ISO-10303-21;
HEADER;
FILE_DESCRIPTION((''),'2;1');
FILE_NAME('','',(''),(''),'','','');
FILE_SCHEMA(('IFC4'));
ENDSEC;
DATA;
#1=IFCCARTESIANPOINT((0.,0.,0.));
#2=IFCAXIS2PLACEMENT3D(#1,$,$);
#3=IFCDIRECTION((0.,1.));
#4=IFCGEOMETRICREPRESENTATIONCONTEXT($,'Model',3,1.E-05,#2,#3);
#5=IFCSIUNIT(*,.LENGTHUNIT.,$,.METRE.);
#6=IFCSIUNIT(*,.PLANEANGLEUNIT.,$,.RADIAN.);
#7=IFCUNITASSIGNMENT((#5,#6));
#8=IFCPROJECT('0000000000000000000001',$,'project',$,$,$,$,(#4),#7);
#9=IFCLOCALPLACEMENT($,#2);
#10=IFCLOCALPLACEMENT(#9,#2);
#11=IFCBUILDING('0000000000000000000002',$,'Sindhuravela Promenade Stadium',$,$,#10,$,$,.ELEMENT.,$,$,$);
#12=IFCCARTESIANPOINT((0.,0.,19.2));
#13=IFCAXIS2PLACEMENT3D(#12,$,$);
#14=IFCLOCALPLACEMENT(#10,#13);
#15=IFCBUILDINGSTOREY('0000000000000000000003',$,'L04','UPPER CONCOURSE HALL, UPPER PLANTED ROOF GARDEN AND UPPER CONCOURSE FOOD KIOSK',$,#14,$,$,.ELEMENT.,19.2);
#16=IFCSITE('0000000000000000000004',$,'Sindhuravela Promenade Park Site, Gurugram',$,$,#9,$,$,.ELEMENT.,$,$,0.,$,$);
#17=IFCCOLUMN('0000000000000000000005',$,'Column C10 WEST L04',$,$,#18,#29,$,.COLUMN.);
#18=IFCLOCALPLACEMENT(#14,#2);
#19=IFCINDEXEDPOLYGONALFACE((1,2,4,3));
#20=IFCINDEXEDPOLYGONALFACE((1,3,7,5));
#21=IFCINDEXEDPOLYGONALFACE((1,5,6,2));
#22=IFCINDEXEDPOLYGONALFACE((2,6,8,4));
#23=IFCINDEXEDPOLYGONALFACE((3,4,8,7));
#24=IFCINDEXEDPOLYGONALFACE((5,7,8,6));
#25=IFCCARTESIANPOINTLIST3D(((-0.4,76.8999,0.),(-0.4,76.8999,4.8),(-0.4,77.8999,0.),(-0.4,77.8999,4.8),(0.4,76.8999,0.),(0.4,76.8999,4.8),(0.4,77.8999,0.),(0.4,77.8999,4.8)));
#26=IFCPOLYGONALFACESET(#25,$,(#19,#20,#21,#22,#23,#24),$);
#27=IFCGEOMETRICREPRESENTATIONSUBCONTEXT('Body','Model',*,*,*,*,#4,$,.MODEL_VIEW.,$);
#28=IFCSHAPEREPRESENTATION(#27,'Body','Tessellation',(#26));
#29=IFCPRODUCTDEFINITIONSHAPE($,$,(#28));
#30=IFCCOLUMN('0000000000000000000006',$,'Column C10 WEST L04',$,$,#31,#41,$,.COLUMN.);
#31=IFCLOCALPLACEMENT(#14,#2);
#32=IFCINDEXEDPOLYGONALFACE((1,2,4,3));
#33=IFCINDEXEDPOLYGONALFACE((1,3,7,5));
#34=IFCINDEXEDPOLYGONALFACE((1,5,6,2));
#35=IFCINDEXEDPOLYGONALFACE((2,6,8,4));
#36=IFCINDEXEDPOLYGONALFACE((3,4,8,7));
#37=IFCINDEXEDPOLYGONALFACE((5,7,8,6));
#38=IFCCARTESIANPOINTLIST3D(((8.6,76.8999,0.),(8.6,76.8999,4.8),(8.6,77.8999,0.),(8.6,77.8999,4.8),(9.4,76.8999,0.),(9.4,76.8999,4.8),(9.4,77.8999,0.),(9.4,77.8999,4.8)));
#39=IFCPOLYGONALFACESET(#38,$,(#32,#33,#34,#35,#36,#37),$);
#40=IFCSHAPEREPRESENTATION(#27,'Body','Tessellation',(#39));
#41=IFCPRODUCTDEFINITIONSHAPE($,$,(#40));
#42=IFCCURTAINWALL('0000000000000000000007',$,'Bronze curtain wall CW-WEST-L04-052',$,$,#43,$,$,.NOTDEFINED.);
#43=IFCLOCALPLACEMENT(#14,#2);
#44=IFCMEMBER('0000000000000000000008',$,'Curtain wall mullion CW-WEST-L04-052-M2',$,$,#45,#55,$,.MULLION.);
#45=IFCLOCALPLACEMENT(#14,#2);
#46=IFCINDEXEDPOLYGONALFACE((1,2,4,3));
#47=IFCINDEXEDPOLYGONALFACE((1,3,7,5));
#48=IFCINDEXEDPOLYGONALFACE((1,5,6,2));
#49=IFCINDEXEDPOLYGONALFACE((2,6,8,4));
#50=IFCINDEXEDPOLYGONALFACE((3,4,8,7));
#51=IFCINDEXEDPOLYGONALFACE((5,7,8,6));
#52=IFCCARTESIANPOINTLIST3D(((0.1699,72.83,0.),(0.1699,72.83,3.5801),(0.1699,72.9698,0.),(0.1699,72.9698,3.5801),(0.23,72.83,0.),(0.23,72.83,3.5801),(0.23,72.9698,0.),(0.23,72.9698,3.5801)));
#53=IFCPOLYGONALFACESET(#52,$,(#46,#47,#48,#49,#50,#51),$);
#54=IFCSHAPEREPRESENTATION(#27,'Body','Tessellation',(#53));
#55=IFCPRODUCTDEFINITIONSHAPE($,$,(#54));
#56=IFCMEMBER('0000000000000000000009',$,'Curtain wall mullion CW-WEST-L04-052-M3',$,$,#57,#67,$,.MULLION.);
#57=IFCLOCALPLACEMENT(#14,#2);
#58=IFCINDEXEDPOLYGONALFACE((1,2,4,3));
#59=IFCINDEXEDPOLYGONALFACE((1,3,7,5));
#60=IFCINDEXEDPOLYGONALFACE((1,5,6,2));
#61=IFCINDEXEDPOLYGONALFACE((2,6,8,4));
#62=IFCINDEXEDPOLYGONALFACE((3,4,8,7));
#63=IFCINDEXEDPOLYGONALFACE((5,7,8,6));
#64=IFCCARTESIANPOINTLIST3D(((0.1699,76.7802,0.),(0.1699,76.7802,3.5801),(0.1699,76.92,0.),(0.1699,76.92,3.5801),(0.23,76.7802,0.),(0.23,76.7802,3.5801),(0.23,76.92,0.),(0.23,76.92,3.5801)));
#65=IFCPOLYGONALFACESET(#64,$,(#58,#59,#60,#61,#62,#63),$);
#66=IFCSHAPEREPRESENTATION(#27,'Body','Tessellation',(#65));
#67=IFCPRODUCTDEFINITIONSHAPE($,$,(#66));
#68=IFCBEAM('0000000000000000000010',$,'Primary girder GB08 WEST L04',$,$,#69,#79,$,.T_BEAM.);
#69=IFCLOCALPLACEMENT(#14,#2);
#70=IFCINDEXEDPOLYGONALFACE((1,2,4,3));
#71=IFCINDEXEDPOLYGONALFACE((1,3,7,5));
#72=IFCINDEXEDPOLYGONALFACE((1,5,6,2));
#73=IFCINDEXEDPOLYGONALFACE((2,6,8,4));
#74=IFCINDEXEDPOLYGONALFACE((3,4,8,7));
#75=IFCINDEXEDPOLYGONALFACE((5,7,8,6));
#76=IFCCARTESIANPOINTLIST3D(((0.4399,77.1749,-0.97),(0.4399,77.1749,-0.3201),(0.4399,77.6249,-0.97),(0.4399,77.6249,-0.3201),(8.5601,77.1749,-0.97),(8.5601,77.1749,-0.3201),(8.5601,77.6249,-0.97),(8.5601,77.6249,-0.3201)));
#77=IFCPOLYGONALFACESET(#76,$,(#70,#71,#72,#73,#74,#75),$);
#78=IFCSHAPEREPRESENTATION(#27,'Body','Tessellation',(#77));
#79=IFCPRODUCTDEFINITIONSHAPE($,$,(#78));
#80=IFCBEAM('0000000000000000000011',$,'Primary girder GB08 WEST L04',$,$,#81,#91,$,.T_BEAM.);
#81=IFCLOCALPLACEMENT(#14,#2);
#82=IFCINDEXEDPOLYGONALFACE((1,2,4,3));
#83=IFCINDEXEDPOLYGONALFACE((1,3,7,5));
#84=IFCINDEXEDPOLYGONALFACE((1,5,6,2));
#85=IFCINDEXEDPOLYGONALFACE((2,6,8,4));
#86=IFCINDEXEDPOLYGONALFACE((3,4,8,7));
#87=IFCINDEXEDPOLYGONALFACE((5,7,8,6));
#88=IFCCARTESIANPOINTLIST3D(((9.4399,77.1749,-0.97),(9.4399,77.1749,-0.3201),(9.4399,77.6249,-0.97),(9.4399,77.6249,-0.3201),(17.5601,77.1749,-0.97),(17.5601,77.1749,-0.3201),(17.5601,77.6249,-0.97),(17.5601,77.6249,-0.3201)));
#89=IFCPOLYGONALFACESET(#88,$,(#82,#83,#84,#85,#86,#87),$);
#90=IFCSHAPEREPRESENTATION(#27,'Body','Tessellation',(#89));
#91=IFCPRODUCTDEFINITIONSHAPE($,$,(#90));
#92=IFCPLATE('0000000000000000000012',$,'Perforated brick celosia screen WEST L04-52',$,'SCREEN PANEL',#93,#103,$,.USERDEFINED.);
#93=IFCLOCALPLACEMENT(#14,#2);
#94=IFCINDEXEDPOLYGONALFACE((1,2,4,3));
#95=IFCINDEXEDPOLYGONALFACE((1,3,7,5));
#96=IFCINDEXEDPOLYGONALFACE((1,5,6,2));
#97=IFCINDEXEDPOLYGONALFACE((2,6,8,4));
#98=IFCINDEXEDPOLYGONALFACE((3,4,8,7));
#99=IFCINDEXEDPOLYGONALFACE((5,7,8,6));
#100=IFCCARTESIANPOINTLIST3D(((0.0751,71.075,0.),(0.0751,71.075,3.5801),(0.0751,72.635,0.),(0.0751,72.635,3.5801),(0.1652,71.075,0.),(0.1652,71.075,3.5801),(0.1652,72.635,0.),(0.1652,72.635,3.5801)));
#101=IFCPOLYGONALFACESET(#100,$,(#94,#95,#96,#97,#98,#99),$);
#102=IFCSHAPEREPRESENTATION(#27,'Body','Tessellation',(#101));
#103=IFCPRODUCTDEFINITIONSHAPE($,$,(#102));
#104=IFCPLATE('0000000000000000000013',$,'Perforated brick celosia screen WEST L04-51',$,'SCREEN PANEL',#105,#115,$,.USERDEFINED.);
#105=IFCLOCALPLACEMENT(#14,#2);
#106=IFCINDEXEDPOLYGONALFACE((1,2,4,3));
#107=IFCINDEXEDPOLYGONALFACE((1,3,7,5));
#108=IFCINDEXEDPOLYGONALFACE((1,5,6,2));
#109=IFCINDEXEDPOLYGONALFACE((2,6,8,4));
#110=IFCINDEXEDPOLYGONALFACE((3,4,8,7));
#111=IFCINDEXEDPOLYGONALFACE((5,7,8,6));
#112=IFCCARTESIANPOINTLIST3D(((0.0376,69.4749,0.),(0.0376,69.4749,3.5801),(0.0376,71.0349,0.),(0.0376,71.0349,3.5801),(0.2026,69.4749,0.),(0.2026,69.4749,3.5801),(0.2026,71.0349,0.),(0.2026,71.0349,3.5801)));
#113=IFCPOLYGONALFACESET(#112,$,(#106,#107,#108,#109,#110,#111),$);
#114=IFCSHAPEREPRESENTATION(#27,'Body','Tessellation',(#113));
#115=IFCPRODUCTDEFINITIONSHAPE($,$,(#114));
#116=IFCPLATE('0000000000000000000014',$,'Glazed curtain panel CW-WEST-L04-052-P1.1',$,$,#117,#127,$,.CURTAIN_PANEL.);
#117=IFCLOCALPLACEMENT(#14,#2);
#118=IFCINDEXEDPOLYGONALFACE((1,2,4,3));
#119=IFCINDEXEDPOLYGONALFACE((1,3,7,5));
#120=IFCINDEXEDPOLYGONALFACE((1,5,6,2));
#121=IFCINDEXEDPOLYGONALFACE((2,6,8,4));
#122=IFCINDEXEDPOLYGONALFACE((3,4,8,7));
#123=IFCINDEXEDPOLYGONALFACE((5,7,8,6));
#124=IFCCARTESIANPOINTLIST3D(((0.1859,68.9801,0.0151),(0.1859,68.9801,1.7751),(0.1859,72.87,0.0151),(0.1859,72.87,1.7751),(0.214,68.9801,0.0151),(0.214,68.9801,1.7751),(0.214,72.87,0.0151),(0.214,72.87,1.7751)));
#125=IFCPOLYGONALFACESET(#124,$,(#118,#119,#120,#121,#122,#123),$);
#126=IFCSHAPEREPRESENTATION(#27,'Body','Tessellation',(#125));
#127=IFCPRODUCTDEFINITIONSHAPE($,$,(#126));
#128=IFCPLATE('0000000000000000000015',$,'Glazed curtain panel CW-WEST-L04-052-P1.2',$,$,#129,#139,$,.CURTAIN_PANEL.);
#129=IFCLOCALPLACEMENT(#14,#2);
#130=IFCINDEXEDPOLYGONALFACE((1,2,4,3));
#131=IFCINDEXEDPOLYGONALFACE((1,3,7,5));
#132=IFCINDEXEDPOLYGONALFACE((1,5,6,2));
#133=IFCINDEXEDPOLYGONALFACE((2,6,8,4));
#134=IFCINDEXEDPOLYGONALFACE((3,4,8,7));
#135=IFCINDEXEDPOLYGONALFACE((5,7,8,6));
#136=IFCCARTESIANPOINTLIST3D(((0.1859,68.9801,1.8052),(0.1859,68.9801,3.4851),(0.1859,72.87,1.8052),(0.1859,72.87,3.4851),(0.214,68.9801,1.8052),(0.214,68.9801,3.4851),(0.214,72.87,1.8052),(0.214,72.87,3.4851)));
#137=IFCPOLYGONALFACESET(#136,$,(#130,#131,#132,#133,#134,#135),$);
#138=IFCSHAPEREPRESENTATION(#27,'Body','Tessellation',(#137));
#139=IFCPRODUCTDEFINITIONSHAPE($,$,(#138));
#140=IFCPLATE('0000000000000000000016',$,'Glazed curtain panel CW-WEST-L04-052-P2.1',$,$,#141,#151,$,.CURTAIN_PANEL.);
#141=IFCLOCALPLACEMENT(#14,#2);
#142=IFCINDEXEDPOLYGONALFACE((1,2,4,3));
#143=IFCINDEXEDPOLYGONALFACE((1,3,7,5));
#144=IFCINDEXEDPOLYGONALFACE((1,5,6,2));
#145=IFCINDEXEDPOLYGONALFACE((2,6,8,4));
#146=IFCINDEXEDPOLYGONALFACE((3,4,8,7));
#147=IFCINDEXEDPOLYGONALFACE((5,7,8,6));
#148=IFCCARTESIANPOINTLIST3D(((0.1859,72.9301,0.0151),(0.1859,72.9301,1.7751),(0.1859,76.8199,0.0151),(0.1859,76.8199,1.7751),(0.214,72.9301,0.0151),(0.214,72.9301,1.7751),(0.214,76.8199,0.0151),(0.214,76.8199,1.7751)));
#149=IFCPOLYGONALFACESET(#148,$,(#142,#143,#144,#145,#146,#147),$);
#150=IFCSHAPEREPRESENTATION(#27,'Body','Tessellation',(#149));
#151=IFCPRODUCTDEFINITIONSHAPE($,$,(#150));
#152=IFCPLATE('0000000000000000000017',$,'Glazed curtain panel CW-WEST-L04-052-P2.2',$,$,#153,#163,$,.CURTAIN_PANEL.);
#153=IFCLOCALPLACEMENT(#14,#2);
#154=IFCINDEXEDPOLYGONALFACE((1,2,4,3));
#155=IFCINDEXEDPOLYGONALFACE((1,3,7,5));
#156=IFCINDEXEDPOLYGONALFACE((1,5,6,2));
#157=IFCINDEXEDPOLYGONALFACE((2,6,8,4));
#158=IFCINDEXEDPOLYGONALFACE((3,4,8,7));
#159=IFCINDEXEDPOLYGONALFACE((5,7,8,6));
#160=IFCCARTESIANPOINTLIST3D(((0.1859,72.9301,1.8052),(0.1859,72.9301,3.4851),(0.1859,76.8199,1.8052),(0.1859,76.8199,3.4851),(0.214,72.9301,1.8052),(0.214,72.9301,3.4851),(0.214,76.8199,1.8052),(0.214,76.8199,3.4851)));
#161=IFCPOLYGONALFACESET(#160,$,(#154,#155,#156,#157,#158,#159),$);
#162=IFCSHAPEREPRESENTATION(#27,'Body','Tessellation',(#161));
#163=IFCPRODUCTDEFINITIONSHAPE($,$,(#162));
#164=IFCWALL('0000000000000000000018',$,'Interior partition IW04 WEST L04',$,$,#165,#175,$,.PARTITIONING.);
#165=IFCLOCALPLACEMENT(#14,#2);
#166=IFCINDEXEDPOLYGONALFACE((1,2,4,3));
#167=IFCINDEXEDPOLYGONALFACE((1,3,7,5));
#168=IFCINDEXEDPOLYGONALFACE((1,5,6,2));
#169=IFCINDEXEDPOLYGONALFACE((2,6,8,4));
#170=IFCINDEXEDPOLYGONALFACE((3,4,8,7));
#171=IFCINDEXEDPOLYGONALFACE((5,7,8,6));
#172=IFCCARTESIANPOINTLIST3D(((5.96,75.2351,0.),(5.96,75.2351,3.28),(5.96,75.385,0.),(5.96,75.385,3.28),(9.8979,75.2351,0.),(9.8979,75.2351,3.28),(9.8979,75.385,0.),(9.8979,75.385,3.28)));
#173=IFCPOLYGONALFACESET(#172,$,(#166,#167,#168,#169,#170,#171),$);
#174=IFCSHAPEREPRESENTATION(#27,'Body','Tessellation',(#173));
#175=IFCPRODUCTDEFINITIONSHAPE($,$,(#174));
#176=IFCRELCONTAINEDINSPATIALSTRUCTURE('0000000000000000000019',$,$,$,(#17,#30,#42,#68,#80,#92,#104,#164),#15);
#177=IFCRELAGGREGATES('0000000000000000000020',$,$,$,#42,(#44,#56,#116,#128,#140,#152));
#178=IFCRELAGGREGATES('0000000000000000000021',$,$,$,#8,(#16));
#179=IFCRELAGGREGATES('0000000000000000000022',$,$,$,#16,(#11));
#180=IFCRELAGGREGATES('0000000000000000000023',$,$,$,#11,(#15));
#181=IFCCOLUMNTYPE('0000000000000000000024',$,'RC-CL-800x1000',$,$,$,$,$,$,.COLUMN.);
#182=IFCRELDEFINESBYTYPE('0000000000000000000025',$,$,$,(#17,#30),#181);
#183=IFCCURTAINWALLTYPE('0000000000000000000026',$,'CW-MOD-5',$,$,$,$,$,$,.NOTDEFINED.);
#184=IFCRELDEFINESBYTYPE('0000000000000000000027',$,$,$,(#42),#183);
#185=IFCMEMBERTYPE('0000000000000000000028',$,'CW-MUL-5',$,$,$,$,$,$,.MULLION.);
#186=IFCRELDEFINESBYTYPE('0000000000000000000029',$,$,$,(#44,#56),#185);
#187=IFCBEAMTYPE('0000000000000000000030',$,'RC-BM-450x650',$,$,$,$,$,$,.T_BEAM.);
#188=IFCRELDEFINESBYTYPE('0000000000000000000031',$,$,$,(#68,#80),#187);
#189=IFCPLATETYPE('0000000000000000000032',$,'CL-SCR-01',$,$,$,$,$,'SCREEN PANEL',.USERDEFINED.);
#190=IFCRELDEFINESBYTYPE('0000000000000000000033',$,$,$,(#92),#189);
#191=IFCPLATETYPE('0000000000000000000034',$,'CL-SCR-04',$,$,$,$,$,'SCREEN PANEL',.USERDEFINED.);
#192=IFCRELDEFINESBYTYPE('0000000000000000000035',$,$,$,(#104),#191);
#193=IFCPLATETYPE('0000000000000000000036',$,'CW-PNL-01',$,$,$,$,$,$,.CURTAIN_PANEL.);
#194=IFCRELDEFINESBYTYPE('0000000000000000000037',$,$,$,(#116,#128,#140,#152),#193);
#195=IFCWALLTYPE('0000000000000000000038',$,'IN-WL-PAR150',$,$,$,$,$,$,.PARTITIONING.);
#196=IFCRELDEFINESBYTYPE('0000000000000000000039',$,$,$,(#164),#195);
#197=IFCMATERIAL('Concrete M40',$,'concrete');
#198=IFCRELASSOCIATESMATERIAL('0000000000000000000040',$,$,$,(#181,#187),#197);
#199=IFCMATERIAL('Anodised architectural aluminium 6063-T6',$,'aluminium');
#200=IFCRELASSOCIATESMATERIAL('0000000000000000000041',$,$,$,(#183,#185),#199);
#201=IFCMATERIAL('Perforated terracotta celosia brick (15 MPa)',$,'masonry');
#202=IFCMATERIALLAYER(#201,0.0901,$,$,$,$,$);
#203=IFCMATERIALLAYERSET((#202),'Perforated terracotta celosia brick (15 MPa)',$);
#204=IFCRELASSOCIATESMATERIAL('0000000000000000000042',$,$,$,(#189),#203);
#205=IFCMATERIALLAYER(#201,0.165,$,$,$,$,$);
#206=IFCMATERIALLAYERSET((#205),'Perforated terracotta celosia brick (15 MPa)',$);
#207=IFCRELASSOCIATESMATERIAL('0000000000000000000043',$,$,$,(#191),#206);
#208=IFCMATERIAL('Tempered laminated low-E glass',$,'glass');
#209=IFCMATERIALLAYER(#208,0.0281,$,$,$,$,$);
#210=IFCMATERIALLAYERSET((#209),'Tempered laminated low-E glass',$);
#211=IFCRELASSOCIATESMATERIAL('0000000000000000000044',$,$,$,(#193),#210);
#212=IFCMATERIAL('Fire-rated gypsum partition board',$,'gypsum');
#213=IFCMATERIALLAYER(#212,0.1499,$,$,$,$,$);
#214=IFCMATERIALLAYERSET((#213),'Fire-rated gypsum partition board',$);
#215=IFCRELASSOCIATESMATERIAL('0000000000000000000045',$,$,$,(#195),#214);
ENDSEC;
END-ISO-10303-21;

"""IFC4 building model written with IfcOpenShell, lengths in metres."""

from ifc_helpers import new_model, si_unit, direction, frame, frame_2d, origin, origin_2d, place, context, subcontext, project, spatial, rectangle, extrude, material, layer, layer_set, material_profile, profile_set, type_object, element, aggregate, save


model = new_model("IFC4")

# Units and contexts
model_context = context("Model", 3, precision=1e-05, world=origin(), true_north=direction((0.0, 1.0)))
body_context = subcontext(model_context, "Body", "Model", "MODEL_VIEW")
ifc_project = project(units=[si_unit("LENGTHUNIT", "METRE"), si_unit("PLANEANGLEUNIT", "RADIAN")], contexts=[model_context])

# Site, building, storey
site_placement = place(None, origin())
site = spatial("IfcSite", under=ifc_project, at=site_placement, Name="Sindhuravela Promenade Park Site, Gurugram", CompositionType="ELEMENT", RefElevation=0.0)
building_placement = place(site_placement, origin())
building = spatial("IfcBuilding", under=site, at=building_placement, Name="Sindhuravela Promenade Stadium", CompositionType="ELEMENT")
storey_placement = place(building_placement, frame((0.0, 0.0, 19.2)))
storey = spatial("IfcBuildingStorey", under=building, at=storey_placement, Name="L04", Description="UPPER CONCOURSE HALL, UPPER PLANTED ROOF GARDEN AND UPPER CONCOURSE FOOD KIOSK", CompositionType="ELEMENT", Elevation=19.2)

# Columns
ifc_material_1 = material(Name="Concrete M40", Category="concrete")
ifc_material_profile_1 = material_profile(ifc_material_1, rectangle(XDim=0.8, YDim=1.0, at=origin_2d()), Name="RC 800x1000")
ifc_profile_set_1 = profile_set([ifc_material_profile_1], Name="Concrete M40")
column_type = type_object("IfcColumnType", Name="RC-CL-800x1000", PredefinedType="COLUMN", material=ifc_profile_set_1)
for number, where, z_axis, x_axis, name in (
    (1, (0.0, 77.3999, 0.0), (0.0, 0.0, 1.0), (1.0, 0.0, 0.0), "Column C10 WEST L04"),
    (2, (9.0, 77.3999, 0.0), (0.0, 0.0, 1.0), (1.0, 0.0, 0.0), "Column C10 WEST L04"),
):
    element("IfcColumn", number, at=place(storey_placement, frame(where, z_axis=z_axis, x_axis=x_axis)), inside=storey, type_object=column_type, Name=name, PredefinedType="COLUMN", context=body_context, shape_type="SweptSolid", body=[
        extrude(rectangle(XDim=0.8, YDim=1.0, at=origin_2d()), origin(), (0.0, 0.0, 1.0), 4.8),
    ])

# Curtain wall, members
ifc_material_2 = material(Name="Anodised architectural aluminium 6063-T6", Category="aluminium")
curtain_wall_type = type_object("IfcCurtainWallType", Name="CW-MOD-5", PredefinedType="NOTDEFINED", material=ifc_material_2)
curtain_wall_placement = place(storey_placement, origin())
curtain_wall = element("IfcCurtainWall", 3, at=curtain_wall_placement, inside=storey, type_object=curtain_wall_type, Name="Bronze curtain wall CW-WEST-L04-052", PredefinedType="NOTDEFINED")
ifc_material_profile_2 = material_profile(ifc_material_2, rectangle(XDim=0.0601, YDim=0.1399, at=origin_2d()), Name="ALU M60x140")
ifc_profile_set_2 = profile_set([ifc_material_profile_2], Name="Anodised architectural aluminium 6063-T6")
member_type = type_object("IfcMemberType", Name="CW-MUL-5", PredefinedType="MULLION", material=ifc_profile_set_2)
member_1_placement = place(storey_placement, frame((0.2, 72.8999, 0.0), z_axis=(0.0, 0.0, 1.0), x_axis=(1.0, 0.0, 0.0)))
member_1 = element("IfcMember", 4, at=member_1_placement, type_object=member_type, Name="Curtain wall mullion CW-WEST-L04-052-M2", PredefinedType="MULLION", context=body_context, shape_type="SweptSolid", body=[
    extrude(rectangle(XDim=0.0601, YDim=0.1399, at=origin_2d()), origin(), (0.0, 0.0, 1.0), 3.5801),
])
member_2_placement = place(storey_placement, frame((0.2, 76.8501, 0.0), z_axis=(0.0, 0.0, 1.0), x_axis=(1.0, 0.0, 0.0)))
member_2 = element("IfcMember", 5, at=member_2_placement, type_object=member_type, Name="Curtain wall mullion CW-WEST-L04-052-M3", PredefinedType="MULLION", context=body_context, shape_type="SweptSolid", body=[
    extrude(rectangle(XDim=0.0601, YDim=0.1399, at=origin_2d()), origin(), (0.0, 0.0, 1.0), 3.5801),
])

# Beams
ifc_material_profile_3 = material_profile(ifc_material_1, rectangle(XDim=0.45, YDim=0.6499, at=origin_2d()), Name="RC 450x650")
ifc_profile_set_3 = profile_set([ifc_material_profile_3], Name="Concrete M40")
beam_type = type_object("IfcBeamType", Name="RC-BM-450x650", PredefinedType="T_BEAM", material=ifc_profile_set_3)
for number, where, z_axis, x_axis, name in (
    (6, (0.4399, 77.3999, -0.645), (1.0, 0.0, 0.0), (0.0, 1.0, 0.0), "Primary girder GB08 WEST L04"),
    (7, (9.4399, 77.3999, -0.645), (1.0, 0.0, 0.0), (0.0, 1.0, 0.0), "Primary girder GB08 WEST L04"),
):
    element("IfcBeam", number, at=place(storey_placement, frame(where, z_axis=z_axis, x_axis=x_axis)), inside=storey, type_object=beam_type, Name=name, PredefinedType="T_BEAM", context=body_context, shape_type="SweptSolid", body=[
        extrude(rectangle(XDim=0.45, YDim=0.6499, at=origin_2d()), origin(), (0.0, 0.0, 1.0), 8.1201),
    ])

# Plates
ifc_material_3 = material(Name="Perforated terracotta celosia brick (15 MPa)", Category="masonry")
ifc_layer_1 = layer(ifc_material_3, 0.0901)
ifc_layer_set_1 = layer_set([ifc_layer_1], Name="Perforated terracotta celosia brick (15 MPa)")
plate_type_1 = type_object("IfcPlateType", Name="CL-SCR-01", ElementType="SCREEN PANEL", PredefinedType="USERDEFINED", material=ifc_layer_set_1)
plate_1_placement = place(storey_placement, frame((0.1201, 71.855, 0.0), z_axis=(0.0, 0.0, 1.0), x_axis=(0.0, 1.0, 0.0)))
element("IfcPlate", 8, at=plate_1_placement, inside=storey, type_object=plate_type_1, Name="Perforated brick celosia screen WEST L04-52", ObjectType="SCREEN PANEL", PredefinedType="USERDEFINED", context=body_context, shape_type="SweptSolid", body=[
    extrude(rectangle(XDim=1.5601, YDim=0.0901, at=origin_2d()), origin(), (0.0, 0.0, 1.0), 3.5801),
])
ifc_layer_2 = layer(ifc_material_3, 0.165)
ifc_layer_set_2 = layer_set([ifc_layer_2], Name="Perforated terracotta celosia brick (15 MPa)")
plate_type_2 = type_object("IfcPlateType", Name="CL-SCR-04", ElementType="SCREEN PANEL", PredefinedType="USERDEFINED", material=ifc_layer_set_2)
plate_2_placement = place(storey_placement, frame((0.1201, 70.2549, 0.0), z_axis=(0.0, 0.0, 1.0), x_axis=(0.0, 1.0, 0.0)))
element("IfcPlate", 9, at=plate_2_placement, inside=storey, type_object=plate_type_2, Name="Perforated brick celosia screen WEST L04-51", ObjectType="SCREEN PANEL", PredefinedType="USERDEFINED", context=body_context, shape_type="SweptSolid", body=[
    extrude(rectangle(XDim=1.5601, YDim=0.165, at=origin_2d()), origin(), (0.0, 0.0, 1.0), 3.5801),
])

# Plates
ifc_material_4 = material(Name="Tempered laminated low-E glass", Category="glass")
ifc_layer_3 = layer(ifc_material_4, 0.0281)
ifc_layer_set_3 = layer_set([ifc_layer_3], Name="Tempered laminated low-E glass")
plate_type_3 = type_object("IfcPlateType", Name="CW-PNL-01", PredefinedType="CURTAIN_PANEL", material=ifc_layer_set_3)
plate_3_placement = place(storey_placement, frame((0.2, 70.925, 0.0151), z_axis=(0.0, 0.0, 1.0), x_axis=(0.0, 1.0, 0.0)))
plate_3 = element("IfcPlate", 10, at=plate_3_placement, type_object=plate_type_3, Name="Glazed curtain panel CW-WEST-L04-052-P1.1", PredefinedType="CURTAIN_PANEL", context=body_context, shape_type="SweptSolid", body=[
    extrude(rectangle(XDim=3.8899, YDim=0.0281, at=origin_2d()), origin(), (0.0, 0.0, 1.0), 1.76),
])
plate_4_placement = place(storey_placement, frame((0.2, 70.925, 1.8052), z_axis=(0.0, 0.0, 1.0), x_axis=(0.0, 1.0, 0.0)))
plate_4 = element("IfcPlate", 11, at=plate_4_placement, type_object=plate_type_3, Name="Glazed curtain panel CW-WEST-L04-052-P1.2", PredefinedType="CURTAIN_PANEL", context=body_context, shape_type="SweptSolid", body=[
    extrude(rectangle(XDim=3.8899, YDim=0.0281, at=origin_2d()), origin(), (0.0, 0.0, 1.0), 1.6799),
])
plate_5_placement = place(storey_placement, frame((0.2, 74.875, 0.0151), z_axis=(0.0, 0.0, 1.0), x_axis=(0.0, 1.0, 0.0)))
plate_5 = element("IfcPlate", 12, at=plate_5_placement, type_object=plate_type_3, Name="Glazed curtain panel CW-WEST-L04-052-P2.1", PredefinedType="CURTAIN_PANEL", context=body_context, shape_type="SweptSolid", body=[
    extrude(rectangle(XDim=3.8899, YDim=0.0281, at=origin_2d()), origin(), (0.0, 0.0, 1.0), 1.76),
])
plate_6_placement = place(storey_placement, frame((0.2, 74.875, 1.8052), z_axis=(0.0, 0.0, 1.0), x_axis=(0.0, 1.0, 0.0)))
plate_6 = element("IfcPlate", 13, at=plate_6_placement, type_object=plate_type_3, Name="Glazed curtain panel CW-WEST-L04-052-P2.2", PredefinedType="CURTAIN_PANEL", context=body_context, shape_type="SweptSolid", body=[
    extrude(rectangle(XDim=3.8899, YDim=0.0281, at=origin_2d()), origin(), (0.0, 0.0, 1.0), 1.6799),
])
aggregate(curtain_wall, [member_1, member_2, plate_3, plate_4, plate_5, plate_6])

# Wall
ifc_material_5 = material(Name="Fire-rated gypsum partition board", Category="gypsum")
ifc_layer_4 = layer(ifc_material_5, 0.1499)
ifc_layer_set_4 = layer_set([ifc_layer_4], Name="Fire-rated gypsum partition board")
wall_type_1 = type_object("IfcWallType", Name="IN-WL-PAR150", PredefinedType="PARTITIONING", material=ifc_layer_set_4)
wall_1_placement = place(storey_placement, frame((5.96, 75.3101, 0.0), z_axis=(0.0, 0.0, 1.0), x_axis=(1.0, 0.0, 0.0)))
element("IfcWall", 14, at=wall_1_placement, inside=storey, type_object=wall_type_1, Name="Interior partition IW04 WEST L04", PredefinedType="PARTITIONING", context=body_context, shape_type="SweptSolid", body=[
    extrude(rectangle(XDim=3.938, YDim=0.1499, at=frame_2d((1.969, 0.0))), origin(), (0.0, 0.0, 1.0), 3.28),
])

save(model, "model.ifc")
